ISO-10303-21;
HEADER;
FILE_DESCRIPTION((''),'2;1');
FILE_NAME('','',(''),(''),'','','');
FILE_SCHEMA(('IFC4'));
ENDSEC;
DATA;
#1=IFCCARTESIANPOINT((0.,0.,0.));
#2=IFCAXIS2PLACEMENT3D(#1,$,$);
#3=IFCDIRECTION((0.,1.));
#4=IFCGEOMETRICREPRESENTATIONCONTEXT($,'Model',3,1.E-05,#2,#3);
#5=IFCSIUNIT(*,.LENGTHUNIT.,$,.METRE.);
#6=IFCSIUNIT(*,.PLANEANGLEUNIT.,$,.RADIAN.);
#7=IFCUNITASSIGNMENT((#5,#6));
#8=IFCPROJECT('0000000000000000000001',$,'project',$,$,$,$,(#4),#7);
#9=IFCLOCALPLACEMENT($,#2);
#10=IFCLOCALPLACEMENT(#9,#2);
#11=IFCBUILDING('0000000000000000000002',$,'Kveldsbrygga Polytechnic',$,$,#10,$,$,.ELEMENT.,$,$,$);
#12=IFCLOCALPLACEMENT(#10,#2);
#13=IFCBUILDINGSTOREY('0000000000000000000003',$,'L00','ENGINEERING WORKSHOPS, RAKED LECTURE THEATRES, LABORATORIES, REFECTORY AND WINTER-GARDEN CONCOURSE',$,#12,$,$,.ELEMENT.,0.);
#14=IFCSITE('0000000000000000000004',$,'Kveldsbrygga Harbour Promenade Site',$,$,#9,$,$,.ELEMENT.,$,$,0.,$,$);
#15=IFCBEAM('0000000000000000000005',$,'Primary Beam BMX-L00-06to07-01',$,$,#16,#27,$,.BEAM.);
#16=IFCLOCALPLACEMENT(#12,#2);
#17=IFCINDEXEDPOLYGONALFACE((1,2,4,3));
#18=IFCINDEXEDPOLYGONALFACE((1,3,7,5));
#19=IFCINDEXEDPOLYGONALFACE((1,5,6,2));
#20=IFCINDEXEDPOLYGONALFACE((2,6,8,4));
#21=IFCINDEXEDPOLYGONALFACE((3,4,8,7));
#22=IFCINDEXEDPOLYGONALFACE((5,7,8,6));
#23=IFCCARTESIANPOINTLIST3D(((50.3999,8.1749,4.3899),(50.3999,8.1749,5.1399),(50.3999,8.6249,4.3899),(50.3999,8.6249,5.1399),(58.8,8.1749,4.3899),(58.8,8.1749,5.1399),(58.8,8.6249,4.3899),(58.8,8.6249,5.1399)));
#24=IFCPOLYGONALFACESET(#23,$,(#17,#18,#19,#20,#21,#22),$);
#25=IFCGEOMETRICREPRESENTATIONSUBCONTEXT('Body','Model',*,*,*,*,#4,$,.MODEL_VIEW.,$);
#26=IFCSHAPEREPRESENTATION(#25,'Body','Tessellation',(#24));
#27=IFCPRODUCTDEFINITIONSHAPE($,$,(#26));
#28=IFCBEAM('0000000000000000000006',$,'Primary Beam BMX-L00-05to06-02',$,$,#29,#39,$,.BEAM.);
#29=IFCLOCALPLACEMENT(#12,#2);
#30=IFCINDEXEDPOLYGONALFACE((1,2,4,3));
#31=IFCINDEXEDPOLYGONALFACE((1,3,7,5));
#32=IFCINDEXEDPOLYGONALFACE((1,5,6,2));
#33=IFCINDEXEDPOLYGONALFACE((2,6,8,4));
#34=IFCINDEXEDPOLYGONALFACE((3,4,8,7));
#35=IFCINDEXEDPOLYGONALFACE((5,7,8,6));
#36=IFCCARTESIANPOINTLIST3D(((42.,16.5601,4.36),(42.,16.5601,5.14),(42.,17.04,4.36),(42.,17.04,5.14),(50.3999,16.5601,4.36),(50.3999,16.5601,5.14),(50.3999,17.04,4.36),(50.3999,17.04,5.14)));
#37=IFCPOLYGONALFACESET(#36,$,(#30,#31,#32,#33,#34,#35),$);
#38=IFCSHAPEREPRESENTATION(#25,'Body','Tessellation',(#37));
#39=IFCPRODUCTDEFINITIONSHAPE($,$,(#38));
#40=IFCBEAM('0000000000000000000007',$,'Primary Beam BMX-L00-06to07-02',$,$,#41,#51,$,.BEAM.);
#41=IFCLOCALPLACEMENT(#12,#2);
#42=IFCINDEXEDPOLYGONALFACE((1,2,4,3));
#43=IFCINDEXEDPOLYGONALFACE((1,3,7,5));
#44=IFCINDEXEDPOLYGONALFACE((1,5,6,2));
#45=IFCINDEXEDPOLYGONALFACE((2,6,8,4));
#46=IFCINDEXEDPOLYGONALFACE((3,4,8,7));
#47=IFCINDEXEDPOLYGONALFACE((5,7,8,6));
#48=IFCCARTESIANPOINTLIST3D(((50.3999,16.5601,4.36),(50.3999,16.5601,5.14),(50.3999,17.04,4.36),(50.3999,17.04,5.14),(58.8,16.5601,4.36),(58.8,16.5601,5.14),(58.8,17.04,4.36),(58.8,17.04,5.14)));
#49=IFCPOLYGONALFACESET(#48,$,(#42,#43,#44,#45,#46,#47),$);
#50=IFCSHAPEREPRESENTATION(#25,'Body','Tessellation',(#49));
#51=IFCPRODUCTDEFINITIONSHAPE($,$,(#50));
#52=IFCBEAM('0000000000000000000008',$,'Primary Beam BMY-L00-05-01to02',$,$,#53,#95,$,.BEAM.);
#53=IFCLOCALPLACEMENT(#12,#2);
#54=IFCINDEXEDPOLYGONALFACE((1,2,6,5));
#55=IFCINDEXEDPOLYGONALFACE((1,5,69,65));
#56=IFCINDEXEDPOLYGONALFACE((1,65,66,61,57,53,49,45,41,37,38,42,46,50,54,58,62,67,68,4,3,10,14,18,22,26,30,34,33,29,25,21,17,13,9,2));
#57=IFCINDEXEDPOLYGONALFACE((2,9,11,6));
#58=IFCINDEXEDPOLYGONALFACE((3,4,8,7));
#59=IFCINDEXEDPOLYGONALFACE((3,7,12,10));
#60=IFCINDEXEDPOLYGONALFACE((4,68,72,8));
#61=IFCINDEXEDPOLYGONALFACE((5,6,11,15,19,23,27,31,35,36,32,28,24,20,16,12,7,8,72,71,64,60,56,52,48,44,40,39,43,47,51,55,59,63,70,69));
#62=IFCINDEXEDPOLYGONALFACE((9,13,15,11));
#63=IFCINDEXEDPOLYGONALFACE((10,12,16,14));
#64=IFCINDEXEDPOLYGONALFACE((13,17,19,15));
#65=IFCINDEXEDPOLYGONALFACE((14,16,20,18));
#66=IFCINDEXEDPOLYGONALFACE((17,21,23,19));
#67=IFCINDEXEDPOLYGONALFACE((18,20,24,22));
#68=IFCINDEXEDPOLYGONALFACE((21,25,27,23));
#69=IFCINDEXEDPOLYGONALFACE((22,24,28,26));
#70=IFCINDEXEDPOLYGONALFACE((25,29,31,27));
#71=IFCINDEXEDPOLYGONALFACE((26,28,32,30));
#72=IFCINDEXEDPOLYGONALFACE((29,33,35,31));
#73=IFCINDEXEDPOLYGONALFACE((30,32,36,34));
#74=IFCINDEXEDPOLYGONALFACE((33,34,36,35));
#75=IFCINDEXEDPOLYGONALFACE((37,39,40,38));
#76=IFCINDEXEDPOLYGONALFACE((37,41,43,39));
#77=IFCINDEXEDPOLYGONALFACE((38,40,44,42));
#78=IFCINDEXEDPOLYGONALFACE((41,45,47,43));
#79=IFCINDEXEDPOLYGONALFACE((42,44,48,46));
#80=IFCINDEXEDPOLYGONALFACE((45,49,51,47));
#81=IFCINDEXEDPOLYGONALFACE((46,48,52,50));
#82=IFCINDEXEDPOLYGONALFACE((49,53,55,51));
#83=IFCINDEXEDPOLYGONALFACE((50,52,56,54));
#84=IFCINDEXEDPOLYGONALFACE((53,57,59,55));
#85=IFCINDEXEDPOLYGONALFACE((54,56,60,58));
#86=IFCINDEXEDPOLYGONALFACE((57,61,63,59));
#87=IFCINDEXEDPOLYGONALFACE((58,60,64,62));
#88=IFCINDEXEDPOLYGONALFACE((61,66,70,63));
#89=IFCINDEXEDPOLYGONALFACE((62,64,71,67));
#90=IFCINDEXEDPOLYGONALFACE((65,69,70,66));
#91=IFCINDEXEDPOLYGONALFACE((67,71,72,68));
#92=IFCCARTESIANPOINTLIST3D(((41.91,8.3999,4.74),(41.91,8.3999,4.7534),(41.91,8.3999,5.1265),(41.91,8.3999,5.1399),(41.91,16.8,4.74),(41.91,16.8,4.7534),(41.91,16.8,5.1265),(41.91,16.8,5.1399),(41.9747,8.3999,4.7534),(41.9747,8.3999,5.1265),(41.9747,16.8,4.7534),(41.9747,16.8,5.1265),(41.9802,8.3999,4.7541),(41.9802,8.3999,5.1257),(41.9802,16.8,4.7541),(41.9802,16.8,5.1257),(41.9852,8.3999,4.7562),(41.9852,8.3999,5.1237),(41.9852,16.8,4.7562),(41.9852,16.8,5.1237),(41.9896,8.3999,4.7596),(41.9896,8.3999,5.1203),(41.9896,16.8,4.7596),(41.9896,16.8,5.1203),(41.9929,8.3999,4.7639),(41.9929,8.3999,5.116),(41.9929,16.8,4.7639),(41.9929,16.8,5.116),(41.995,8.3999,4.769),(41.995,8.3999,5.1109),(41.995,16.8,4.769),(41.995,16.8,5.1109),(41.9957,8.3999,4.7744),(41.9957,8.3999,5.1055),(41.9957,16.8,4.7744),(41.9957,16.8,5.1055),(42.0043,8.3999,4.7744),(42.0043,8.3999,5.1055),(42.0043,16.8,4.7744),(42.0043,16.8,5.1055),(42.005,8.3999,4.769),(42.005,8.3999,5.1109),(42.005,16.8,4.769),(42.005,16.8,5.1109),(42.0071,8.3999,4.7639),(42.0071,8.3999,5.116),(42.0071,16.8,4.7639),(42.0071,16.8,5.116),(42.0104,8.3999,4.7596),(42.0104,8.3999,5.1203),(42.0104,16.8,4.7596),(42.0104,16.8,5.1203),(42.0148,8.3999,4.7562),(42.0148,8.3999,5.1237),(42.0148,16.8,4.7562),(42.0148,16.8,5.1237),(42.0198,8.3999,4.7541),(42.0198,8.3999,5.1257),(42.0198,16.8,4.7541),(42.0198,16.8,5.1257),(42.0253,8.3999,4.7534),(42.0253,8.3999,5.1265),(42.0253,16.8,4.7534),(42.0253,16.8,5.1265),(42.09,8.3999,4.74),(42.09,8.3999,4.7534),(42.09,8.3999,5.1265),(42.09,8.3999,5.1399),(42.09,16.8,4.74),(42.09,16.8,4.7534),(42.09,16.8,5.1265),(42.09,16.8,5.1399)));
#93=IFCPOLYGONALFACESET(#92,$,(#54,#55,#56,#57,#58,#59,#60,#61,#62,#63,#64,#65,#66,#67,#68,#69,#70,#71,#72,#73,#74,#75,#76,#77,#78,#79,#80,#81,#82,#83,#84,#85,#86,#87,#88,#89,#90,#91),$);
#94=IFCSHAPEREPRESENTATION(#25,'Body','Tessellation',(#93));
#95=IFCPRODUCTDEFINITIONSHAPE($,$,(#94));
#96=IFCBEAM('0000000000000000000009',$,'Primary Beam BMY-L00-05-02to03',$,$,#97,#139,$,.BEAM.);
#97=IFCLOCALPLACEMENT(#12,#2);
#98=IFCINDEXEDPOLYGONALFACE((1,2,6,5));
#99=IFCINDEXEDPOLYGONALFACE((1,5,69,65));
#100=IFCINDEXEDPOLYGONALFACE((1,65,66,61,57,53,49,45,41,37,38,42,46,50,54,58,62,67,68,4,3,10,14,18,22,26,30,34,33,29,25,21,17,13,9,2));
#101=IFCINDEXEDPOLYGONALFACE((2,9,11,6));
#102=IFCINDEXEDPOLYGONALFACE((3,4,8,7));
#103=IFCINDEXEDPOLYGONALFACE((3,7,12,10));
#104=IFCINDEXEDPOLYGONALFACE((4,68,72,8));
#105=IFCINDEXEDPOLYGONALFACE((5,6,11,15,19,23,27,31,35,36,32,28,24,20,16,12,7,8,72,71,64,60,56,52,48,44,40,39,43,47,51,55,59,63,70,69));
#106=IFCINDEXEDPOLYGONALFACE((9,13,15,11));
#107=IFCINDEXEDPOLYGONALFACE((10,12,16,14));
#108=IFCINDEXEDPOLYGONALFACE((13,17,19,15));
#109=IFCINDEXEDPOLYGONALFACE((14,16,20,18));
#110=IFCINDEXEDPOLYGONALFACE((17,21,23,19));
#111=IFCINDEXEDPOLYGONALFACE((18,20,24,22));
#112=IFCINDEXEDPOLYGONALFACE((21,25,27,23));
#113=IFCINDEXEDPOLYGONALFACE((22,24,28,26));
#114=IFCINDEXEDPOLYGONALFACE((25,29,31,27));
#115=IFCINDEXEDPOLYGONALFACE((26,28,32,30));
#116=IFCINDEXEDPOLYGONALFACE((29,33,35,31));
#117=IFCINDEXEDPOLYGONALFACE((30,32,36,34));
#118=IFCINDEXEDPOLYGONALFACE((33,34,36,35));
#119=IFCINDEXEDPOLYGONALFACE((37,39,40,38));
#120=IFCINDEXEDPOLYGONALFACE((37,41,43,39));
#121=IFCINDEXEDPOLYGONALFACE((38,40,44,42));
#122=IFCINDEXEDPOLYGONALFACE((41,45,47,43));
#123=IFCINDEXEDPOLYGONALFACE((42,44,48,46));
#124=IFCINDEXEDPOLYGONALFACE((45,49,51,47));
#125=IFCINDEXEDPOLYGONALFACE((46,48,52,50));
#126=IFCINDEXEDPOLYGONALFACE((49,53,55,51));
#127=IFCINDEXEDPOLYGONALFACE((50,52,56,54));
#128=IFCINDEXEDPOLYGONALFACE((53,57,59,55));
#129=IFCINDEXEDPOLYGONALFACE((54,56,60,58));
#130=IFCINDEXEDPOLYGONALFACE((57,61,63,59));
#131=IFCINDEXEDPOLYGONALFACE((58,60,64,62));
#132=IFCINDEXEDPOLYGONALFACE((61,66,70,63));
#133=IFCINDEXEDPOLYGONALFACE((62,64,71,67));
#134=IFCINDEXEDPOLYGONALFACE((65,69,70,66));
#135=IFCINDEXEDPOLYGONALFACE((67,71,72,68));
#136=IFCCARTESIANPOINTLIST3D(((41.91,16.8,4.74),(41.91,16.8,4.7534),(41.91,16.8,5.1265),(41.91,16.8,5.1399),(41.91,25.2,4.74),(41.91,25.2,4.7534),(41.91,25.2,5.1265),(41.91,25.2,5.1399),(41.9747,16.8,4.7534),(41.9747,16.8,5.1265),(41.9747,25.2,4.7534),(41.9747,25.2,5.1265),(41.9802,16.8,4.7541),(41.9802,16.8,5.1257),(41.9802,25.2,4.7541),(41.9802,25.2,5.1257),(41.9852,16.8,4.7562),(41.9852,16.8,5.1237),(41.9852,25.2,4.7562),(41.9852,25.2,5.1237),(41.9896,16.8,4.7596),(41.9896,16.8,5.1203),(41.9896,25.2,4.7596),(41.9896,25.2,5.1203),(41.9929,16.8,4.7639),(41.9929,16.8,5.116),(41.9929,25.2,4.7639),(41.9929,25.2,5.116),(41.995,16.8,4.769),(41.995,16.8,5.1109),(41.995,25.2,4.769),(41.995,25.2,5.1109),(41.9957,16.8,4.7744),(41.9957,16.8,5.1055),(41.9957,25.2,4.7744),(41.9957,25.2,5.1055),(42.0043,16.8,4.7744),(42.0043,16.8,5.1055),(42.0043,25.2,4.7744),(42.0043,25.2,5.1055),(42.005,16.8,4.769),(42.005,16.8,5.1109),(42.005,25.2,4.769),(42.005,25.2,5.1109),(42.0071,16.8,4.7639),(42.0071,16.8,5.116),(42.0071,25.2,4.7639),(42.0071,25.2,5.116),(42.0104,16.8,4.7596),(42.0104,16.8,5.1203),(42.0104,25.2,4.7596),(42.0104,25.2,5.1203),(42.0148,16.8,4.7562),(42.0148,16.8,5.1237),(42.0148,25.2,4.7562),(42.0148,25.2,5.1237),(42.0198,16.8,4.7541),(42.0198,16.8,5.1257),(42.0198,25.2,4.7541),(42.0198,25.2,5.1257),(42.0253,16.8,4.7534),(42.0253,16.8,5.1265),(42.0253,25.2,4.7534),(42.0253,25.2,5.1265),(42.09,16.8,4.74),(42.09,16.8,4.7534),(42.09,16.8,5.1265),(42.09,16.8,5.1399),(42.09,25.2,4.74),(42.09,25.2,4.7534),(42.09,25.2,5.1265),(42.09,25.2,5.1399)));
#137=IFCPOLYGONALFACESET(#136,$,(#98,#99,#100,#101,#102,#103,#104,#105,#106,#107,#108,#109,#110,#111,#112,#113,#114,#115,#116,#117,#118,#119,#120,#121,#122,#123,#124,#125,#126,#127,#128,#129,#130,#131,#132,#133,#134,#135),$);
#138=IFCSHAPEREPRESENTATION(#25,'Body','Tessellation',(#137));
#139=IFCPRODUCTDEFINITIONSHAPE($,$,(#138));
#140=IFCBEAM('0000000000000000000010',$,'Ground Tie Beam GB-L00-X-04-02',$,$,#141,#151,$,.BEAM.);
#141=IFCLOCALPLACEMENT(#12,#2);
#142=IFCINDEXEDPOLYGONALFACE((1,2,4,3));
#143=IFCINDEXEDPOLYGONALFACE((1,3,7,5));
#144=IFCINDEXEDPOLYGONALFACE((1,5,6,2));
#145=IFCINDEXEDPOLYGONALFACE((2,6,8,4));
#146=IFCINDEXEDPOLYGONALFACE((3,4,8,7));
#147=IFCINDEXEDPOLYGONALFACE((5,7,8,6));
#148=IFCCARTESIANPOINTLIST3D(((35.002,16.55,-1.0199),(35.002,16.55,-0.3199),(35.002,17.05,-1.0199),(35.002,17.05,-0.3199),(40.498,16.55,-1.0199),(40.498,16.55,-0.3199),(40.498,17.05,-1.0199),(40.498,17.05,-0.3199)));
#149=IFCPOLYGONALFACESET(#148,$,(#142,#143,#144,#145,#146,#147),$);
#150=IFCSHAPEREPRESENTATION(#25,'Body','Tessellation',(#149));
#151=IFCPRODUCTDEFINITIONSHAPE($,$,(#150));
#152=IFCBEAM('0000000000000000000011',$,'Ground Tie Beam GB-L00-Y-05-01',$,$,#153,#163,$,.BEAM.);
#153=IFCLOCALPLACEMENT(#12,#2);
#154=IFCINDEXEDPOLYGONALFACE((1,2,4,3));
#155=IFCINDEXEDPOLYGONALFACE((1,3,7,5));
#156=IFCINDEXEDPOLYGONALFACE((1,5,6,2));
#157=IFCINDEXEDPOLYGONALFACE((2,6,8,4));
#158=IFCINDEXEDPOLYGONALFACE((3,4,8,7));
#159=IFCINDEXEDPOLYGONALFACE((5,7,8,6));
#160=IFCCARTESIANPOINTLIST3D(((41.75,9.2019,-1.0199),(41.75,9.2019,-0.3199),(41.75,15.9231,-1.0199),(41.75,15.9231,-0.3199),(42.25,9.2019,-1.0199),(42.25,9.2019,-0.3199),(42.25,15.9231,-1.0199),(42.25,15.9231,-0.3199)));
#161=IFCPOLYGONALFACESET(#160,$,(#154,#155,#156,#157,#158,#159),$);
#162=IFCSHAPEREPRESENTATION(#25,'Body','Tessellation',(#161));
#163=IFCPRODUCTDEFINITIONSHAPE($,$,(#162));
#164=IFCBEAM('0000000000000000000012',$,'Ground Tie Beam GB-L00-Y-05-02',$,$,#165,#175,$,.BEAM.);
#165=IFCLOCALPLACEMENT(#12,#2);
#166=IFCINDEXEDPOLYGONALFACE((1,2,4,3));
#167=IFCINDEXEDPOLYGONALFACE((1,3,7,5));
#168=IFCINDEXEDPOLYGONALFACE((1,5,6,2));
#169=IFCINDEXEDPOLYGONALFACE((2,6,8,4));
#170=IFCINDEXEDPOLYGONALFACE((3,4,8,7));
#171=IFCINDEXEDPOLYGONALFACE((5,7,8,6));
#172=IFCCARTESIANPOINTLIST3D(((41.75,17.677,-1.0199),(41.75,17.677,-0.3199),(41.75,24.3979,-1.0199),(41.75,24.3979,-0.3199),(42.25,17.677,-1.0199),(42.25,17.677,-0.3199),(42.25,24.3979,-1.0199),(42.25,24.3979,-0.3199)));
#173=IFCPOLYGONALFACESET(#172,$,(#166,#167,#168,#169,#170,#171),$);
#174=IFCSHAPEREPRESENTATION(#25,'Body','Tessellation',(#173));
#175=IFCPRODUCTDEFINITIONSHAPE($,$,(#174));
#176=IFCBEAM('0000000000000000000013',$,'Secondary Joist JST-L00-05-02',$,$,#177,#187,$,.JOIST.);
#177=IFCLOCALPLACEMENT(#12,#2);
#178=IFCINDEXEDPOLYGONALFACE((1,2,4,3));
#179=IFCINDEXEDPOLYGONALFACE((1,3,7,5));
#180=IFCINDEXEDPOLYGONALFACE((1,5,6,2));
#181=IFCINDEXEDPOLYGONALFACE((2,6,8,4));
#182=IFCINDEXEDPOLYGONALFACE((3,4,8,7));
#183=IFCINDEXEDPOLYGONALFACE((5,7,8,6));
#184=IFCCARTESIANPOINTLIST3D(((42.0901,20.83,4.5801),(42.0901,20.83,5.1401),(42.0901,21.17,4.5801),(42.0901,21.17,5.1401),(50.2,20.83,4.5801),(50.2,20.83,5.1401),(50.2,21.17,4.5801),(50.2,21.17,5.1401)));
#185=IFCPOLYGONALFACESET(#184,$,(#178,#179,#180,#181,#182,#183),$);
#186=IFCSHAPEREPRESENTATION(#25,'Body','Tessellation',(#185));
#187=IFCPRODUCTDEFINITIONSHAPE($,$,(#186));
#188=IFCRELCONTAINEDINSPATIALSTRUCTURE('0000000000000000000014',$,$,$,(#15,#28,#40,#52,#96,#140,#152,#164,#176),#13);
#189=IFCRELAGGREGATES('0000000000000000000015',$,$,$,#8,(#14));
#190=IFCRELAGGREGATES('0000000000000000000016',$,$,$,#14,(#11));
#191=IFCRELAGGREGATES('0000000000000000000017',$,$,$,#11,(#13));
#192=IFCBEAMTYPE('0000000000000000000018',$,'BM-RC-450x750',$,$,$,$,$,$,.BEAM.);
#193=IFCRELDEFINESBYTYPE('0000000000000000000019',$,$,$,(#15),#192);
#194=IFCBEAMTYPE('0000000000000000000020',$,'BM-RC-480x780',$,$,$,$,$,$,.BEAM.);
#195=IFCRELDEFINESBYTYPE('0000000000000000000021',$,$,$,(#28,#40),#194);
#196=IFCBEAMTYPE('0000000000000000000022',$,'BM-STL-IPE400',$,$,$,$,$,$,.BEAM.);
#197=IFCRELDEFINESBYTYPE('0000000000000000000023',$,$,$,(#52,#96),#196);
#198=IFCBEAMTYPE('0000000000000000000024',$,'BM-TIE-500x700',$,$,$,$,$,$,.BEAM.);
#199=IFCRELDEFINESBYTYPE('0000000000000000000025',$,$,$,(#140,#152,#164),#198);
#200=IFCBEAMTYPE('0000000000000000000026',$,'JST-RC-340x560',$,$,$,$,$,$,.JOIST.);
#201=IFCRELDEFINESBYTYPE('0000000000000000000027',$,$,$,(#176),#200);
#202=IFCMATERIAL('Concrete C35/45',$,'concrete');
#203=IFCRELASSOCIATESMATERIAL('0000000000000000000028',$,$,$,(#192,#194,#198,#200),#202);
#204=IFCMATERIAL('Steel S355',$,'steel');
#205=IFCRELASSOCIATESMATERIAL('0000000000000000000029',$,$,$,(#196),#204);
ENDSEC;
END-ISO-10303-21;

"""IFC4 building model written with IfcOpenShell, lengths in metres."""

from ifc_helpers import new_model, si_unit, direction, frame, origin, origin_2d, place, context, subcontext, project, spatial, rectangle, i_section, extrude, material, material_profile, profile_set, type_object, element, save


model = new_model("IFC4")

# Units and contexts
model_context = context("Model", 3, precision=1e-05, world=origin(), true_north=direction((0.0, 1.0)))
body_context = subcontext(model_context, "Body", "Model", "MODEL_VIEW")
ifc_project = project(units=[si_unit("LENGTHUNIT", "METRE"), si_unit("PLANEANGLEUNIT", "RADIAN")], contexts=[model_context])

# Site, building, storey
site_placement = place(None, origin())
site = spatial("IfcSite", under=ifc_project, at=site_placement, Name="Kveldsbrygga Harbour Promenade Site", CompositionType="ELEMENT", RefElevation=0.0)
building_placement = place(site_placement, origin())
building = spatial("IfcBuilding", under=site, at=building_placement, Name="Kveldsbrygga Polytechnic", CompositionType="ELEMENT")
storey_placement = place(building_placement, origin())
storey = spatial("IfcBuildingStorey", under=building, at=storey_placement, Name="L00", Description="ENGINEERING WORKSHOPS, RAKED LECTURE THEATRES, LABORATORIES, REFECTORY AND WINTER-GARDEN CONCOURSE", CompositionType="ELEMENT", Elevation=0.0)

# Shared definitions
ifc_material_1 = material(Name="Steel S355", Category="steel")

# Beams
ifc_material_2 = material(Name="Concrete C35/45", Category="concrete")
ifc_material_profile_1 = material_profile(ifc_material_2, rectangle(XDim=0.45, YDim=0.75, at=origin_2d()), Name="RC 450x750")
ifc_profile_set_1 = profile_set([ifc_material_profile_1], Name="Concrete C35/45")
beam_type_1 = type_object("IfcBeamType", Name="BM-RC-450x750", PredefinedType="BEAM", material=ifc_profile_set_1)
beam_1_placement = place(storey_placement, frame((50.3999, 8.3999, 4.7649), z_axis=(1.0, 0.0, 0.0), x_axis=(0.0, 1.0, 0.0)))
element("IfcBeam", 1, at=beam_1_placement, inside=storey, type_object=beam_type_1, Name="Primary Beam BMX-L00-06to07-01", PredefinedType="BEAM", context=body_context, shape_type="SweptSolid", body=[
    extrude(rectangle(XDim=0.45, YDim=0.75, at=origin_2d()), origin(), (0.0, 0.0, 1.0), 8.4001),
])
ifc_material_profile_2 = material_profile(ifc_material_2, rectangle(XDim=0.48, YDim=0.78, at=origin_2d()), Name="RC 480x780")
ifc_profile_set_2 = profile_set([ifc_material_profile_2], Name="Concrete C35/45")
beam_type_2 = type_object("IfcBeamType", Name="BM-RC-480x780", PredefinedType="BEAM", material=ifc_profile_set_2)
beam_2_placement = place(storey_placement, frame((42.0, 16.8, 4.75), z_axis=(1.0, 0.0, 0.0), x_axis=(0.0, 1.0, 0.0)))
element("IfcBeam", 2, at=beam_2_placement, inside=storey, type_object=beam_type_2, Name="Primary Beam BMX-L00-05to06-02", PredefinedType="BEAM", context=body_context, shape_type="SweptSolid", body=[
    extrude(rectangle(XDim=0.48, YDim=0.78, at=origin_2d()), origin(), (0.0, 0.0, 1.0), 8.3999),
])
beam_3_placement = place(storey_placement, frame((50.3999, 16.8, 4.75), z_axis=(1.0, 0.0, 0.0), x_axis=(0.0, 1.0, 0.0)))
element("IfcBeam", 3, at=beam_3_placement, inside=storey, type_object=beam_type_2, Name="Primary Beam BMX-L00-06to07-02", PredefinedType="BEAM", context=body_context, shape_type="SweptSolid", body=[
    extrude(rectangle(XDim=0.48, YDim=0.78, at=origin_2d()), origin(), (0.0, 0.0, 1.0), 8.4001),
])
ifc_material_profile_3 = material_profile(ifc_material_1, i_section(OverallWidth=0.1799, OverallDepth=0.3999, WebThickness=0.0085, FlangeThickness=0.0134, FilletRadius=0.021, at=origin_2d()), Name="IPE 400")
ifc_profile_set_3 = profile_set([ifc_material_profile_3], Name="Steel S355")
beam_type_3 = type_object("IfcBeamType", Name="BM-STL-IPE400", PredefinedType="BEAM", material=ifc_profile_set_3)
beam_4_placement = place(storey_placement, frame((42.0, 8.3999, 4.9399), z_axis=(0.0, 1.0, 0.0), x_axis=(-1.0, 0.0, 0.0)))
element("IfcBeam", 4, at=beam_4_placement, inside=storey, type_object=beam_type_3, Name="Primary Beam BMY-L00-05-01to02", PredefinedType="BEAM", context=body_context, shape_type="SweptSolid", body=[
    extrude(i_section(OverallWidth=0.1799, OverallDepth=0.3999, WebThickness=0.0085, FlangeThickness=0.0134, FilletRadius=0.021, at=origin_2d()), origin(), (0.0, 0.0, 1.0), 8.4001),
])
beam_5_placement = place(storey_placement, frame((42.0, 16.8, 4.9399), z_axis=(0.0, 1.0, 0.0), x_axis=(-1.0, 0.0, 0.0)))
element("IfcBeam", 5, at=beam_5_placement, inside=storey, type_object=beam_type_3, Name="Primary Beam BMY-L00-05-02to03", PredefinedType="BEAM", context=body_context, shape_type="SweptSolid", body=[
    extrude(i_section(OverallWidth=0.1799, OverallDepth=0.3999, WebThickness=0.0085, FlangeThickness=0.0134, FilletRadius=0.021, at=origin_2d()), origin(), (0.0, 0.0, 1.0), 8.3999),
])
ifc_material_profile_4 = material_profile(ifc_material_2, rectangle(XDim=0.5, YDim=0.7, at=origin_2d()), Name="RC 500x700")
ifc_profile_set_4 = profile_set([ifc_material_profile_4], Name="Concrete C35/45")
beam_type_4 = type_object("IfcBeamType", Name="BM-TIE-500x700", PredefinedType="BEAM", material=ifc_profile_set_4)
beam_6_placement = place(storey_placement, frame((35.002, 16.8, -0.6699), z_axis=(1.0, 0.0, 0.0), x_axis=(0.0, 1.0, 0.0)))
element("IfcBeam", 6, at=beam_6_placement, inside=storey, type_object=beam_type_4, Name="Ground Tie Beam GB-L00-X-04-02", PredefinedType="BEAM", context=body_context, shape_type="SweptSolid", body=[
    extrude(rectangle(XDim=0.5, YDim=0.7, at=origin_2d()), origin(), (0.0, 0.0, 1.0), 5.4961),
])
beam_7_placement = place(storey_placement, frame((42.0, 9.2019, -0.6699), z_axis=(0.0, 1.0, 0.0), x_axis=(-1.0, 0.0, 0.0)))
element("IfcBeam", 7, at=beam_7_placement, inside=storey, type_object=beam_type_4, Name="Ground Tie Beam GB-L00-Y-05-01", PredefinedType="BEAM", context=body_context, shape_type="SweptSolid", body=[
    extrude(rectangle(XDim=0.5, YDim=0.7, at=origin_2d()), origin(), (0.0, 0.0, 1.0), 6.7212),
])
beam_8_placement = place(storey_placement, frame((42.0, 17.677, -0.6699), z_axis=(0.0, 1.0, 0.0), x_axis=(-1.0, 0.0, 0.0)))
element("IfcBeam", 8, at=beam_8_placement, inside=storey, type_object=beam_type_4, Name="Ground Tie Beam GB-L00-Y-05-02", PredefinedType="BEAM", context=body_context, shape_type="SweptSolid", body=[
    extrude(rectangle(XDim=0.5, YDim=0.7, at=origin_2d()), origin(), (0.0, 0.0, 1.0), 6.7209),
])
ifc_material_profile_5 = material_profile(ifc_material_2, rectangle(XDim=0.3401, YDim=0.5601, at=origin_2d()), Name="RC 340x560")
ifc_profile_set_5 = profile_set([ifc_material_profile_5], Name="Concrete C35/45")
beam_type_5 = type_object("IfcBeamType", Name="JST-RC-340x560", PredefinedType="JOIST", material=ifc_profile_set_5)
beam_9_placement = place(storey_placement, frame((42.0901, 21.0, 4.8601), z_axis=(1.0, 0.0, 0.0), x_axis=(0.0, 1.0, 0.0)))
element("IfcBeam", 9, at=beam_9_placement, inside=storey, type_object=beam_type_5, Name="Secondary Joist JST-L00-05-02", PredefinedType="JOIST", context=body_context, shape_type="SweptSolid", body=[
    extrude(rectangle(XDim=0.3401, YDim=0.5601, at=origin_2d()), origin(), (0.0, 0.0, 1.0), 8.1099),
])

save(model, "model.ifc")
